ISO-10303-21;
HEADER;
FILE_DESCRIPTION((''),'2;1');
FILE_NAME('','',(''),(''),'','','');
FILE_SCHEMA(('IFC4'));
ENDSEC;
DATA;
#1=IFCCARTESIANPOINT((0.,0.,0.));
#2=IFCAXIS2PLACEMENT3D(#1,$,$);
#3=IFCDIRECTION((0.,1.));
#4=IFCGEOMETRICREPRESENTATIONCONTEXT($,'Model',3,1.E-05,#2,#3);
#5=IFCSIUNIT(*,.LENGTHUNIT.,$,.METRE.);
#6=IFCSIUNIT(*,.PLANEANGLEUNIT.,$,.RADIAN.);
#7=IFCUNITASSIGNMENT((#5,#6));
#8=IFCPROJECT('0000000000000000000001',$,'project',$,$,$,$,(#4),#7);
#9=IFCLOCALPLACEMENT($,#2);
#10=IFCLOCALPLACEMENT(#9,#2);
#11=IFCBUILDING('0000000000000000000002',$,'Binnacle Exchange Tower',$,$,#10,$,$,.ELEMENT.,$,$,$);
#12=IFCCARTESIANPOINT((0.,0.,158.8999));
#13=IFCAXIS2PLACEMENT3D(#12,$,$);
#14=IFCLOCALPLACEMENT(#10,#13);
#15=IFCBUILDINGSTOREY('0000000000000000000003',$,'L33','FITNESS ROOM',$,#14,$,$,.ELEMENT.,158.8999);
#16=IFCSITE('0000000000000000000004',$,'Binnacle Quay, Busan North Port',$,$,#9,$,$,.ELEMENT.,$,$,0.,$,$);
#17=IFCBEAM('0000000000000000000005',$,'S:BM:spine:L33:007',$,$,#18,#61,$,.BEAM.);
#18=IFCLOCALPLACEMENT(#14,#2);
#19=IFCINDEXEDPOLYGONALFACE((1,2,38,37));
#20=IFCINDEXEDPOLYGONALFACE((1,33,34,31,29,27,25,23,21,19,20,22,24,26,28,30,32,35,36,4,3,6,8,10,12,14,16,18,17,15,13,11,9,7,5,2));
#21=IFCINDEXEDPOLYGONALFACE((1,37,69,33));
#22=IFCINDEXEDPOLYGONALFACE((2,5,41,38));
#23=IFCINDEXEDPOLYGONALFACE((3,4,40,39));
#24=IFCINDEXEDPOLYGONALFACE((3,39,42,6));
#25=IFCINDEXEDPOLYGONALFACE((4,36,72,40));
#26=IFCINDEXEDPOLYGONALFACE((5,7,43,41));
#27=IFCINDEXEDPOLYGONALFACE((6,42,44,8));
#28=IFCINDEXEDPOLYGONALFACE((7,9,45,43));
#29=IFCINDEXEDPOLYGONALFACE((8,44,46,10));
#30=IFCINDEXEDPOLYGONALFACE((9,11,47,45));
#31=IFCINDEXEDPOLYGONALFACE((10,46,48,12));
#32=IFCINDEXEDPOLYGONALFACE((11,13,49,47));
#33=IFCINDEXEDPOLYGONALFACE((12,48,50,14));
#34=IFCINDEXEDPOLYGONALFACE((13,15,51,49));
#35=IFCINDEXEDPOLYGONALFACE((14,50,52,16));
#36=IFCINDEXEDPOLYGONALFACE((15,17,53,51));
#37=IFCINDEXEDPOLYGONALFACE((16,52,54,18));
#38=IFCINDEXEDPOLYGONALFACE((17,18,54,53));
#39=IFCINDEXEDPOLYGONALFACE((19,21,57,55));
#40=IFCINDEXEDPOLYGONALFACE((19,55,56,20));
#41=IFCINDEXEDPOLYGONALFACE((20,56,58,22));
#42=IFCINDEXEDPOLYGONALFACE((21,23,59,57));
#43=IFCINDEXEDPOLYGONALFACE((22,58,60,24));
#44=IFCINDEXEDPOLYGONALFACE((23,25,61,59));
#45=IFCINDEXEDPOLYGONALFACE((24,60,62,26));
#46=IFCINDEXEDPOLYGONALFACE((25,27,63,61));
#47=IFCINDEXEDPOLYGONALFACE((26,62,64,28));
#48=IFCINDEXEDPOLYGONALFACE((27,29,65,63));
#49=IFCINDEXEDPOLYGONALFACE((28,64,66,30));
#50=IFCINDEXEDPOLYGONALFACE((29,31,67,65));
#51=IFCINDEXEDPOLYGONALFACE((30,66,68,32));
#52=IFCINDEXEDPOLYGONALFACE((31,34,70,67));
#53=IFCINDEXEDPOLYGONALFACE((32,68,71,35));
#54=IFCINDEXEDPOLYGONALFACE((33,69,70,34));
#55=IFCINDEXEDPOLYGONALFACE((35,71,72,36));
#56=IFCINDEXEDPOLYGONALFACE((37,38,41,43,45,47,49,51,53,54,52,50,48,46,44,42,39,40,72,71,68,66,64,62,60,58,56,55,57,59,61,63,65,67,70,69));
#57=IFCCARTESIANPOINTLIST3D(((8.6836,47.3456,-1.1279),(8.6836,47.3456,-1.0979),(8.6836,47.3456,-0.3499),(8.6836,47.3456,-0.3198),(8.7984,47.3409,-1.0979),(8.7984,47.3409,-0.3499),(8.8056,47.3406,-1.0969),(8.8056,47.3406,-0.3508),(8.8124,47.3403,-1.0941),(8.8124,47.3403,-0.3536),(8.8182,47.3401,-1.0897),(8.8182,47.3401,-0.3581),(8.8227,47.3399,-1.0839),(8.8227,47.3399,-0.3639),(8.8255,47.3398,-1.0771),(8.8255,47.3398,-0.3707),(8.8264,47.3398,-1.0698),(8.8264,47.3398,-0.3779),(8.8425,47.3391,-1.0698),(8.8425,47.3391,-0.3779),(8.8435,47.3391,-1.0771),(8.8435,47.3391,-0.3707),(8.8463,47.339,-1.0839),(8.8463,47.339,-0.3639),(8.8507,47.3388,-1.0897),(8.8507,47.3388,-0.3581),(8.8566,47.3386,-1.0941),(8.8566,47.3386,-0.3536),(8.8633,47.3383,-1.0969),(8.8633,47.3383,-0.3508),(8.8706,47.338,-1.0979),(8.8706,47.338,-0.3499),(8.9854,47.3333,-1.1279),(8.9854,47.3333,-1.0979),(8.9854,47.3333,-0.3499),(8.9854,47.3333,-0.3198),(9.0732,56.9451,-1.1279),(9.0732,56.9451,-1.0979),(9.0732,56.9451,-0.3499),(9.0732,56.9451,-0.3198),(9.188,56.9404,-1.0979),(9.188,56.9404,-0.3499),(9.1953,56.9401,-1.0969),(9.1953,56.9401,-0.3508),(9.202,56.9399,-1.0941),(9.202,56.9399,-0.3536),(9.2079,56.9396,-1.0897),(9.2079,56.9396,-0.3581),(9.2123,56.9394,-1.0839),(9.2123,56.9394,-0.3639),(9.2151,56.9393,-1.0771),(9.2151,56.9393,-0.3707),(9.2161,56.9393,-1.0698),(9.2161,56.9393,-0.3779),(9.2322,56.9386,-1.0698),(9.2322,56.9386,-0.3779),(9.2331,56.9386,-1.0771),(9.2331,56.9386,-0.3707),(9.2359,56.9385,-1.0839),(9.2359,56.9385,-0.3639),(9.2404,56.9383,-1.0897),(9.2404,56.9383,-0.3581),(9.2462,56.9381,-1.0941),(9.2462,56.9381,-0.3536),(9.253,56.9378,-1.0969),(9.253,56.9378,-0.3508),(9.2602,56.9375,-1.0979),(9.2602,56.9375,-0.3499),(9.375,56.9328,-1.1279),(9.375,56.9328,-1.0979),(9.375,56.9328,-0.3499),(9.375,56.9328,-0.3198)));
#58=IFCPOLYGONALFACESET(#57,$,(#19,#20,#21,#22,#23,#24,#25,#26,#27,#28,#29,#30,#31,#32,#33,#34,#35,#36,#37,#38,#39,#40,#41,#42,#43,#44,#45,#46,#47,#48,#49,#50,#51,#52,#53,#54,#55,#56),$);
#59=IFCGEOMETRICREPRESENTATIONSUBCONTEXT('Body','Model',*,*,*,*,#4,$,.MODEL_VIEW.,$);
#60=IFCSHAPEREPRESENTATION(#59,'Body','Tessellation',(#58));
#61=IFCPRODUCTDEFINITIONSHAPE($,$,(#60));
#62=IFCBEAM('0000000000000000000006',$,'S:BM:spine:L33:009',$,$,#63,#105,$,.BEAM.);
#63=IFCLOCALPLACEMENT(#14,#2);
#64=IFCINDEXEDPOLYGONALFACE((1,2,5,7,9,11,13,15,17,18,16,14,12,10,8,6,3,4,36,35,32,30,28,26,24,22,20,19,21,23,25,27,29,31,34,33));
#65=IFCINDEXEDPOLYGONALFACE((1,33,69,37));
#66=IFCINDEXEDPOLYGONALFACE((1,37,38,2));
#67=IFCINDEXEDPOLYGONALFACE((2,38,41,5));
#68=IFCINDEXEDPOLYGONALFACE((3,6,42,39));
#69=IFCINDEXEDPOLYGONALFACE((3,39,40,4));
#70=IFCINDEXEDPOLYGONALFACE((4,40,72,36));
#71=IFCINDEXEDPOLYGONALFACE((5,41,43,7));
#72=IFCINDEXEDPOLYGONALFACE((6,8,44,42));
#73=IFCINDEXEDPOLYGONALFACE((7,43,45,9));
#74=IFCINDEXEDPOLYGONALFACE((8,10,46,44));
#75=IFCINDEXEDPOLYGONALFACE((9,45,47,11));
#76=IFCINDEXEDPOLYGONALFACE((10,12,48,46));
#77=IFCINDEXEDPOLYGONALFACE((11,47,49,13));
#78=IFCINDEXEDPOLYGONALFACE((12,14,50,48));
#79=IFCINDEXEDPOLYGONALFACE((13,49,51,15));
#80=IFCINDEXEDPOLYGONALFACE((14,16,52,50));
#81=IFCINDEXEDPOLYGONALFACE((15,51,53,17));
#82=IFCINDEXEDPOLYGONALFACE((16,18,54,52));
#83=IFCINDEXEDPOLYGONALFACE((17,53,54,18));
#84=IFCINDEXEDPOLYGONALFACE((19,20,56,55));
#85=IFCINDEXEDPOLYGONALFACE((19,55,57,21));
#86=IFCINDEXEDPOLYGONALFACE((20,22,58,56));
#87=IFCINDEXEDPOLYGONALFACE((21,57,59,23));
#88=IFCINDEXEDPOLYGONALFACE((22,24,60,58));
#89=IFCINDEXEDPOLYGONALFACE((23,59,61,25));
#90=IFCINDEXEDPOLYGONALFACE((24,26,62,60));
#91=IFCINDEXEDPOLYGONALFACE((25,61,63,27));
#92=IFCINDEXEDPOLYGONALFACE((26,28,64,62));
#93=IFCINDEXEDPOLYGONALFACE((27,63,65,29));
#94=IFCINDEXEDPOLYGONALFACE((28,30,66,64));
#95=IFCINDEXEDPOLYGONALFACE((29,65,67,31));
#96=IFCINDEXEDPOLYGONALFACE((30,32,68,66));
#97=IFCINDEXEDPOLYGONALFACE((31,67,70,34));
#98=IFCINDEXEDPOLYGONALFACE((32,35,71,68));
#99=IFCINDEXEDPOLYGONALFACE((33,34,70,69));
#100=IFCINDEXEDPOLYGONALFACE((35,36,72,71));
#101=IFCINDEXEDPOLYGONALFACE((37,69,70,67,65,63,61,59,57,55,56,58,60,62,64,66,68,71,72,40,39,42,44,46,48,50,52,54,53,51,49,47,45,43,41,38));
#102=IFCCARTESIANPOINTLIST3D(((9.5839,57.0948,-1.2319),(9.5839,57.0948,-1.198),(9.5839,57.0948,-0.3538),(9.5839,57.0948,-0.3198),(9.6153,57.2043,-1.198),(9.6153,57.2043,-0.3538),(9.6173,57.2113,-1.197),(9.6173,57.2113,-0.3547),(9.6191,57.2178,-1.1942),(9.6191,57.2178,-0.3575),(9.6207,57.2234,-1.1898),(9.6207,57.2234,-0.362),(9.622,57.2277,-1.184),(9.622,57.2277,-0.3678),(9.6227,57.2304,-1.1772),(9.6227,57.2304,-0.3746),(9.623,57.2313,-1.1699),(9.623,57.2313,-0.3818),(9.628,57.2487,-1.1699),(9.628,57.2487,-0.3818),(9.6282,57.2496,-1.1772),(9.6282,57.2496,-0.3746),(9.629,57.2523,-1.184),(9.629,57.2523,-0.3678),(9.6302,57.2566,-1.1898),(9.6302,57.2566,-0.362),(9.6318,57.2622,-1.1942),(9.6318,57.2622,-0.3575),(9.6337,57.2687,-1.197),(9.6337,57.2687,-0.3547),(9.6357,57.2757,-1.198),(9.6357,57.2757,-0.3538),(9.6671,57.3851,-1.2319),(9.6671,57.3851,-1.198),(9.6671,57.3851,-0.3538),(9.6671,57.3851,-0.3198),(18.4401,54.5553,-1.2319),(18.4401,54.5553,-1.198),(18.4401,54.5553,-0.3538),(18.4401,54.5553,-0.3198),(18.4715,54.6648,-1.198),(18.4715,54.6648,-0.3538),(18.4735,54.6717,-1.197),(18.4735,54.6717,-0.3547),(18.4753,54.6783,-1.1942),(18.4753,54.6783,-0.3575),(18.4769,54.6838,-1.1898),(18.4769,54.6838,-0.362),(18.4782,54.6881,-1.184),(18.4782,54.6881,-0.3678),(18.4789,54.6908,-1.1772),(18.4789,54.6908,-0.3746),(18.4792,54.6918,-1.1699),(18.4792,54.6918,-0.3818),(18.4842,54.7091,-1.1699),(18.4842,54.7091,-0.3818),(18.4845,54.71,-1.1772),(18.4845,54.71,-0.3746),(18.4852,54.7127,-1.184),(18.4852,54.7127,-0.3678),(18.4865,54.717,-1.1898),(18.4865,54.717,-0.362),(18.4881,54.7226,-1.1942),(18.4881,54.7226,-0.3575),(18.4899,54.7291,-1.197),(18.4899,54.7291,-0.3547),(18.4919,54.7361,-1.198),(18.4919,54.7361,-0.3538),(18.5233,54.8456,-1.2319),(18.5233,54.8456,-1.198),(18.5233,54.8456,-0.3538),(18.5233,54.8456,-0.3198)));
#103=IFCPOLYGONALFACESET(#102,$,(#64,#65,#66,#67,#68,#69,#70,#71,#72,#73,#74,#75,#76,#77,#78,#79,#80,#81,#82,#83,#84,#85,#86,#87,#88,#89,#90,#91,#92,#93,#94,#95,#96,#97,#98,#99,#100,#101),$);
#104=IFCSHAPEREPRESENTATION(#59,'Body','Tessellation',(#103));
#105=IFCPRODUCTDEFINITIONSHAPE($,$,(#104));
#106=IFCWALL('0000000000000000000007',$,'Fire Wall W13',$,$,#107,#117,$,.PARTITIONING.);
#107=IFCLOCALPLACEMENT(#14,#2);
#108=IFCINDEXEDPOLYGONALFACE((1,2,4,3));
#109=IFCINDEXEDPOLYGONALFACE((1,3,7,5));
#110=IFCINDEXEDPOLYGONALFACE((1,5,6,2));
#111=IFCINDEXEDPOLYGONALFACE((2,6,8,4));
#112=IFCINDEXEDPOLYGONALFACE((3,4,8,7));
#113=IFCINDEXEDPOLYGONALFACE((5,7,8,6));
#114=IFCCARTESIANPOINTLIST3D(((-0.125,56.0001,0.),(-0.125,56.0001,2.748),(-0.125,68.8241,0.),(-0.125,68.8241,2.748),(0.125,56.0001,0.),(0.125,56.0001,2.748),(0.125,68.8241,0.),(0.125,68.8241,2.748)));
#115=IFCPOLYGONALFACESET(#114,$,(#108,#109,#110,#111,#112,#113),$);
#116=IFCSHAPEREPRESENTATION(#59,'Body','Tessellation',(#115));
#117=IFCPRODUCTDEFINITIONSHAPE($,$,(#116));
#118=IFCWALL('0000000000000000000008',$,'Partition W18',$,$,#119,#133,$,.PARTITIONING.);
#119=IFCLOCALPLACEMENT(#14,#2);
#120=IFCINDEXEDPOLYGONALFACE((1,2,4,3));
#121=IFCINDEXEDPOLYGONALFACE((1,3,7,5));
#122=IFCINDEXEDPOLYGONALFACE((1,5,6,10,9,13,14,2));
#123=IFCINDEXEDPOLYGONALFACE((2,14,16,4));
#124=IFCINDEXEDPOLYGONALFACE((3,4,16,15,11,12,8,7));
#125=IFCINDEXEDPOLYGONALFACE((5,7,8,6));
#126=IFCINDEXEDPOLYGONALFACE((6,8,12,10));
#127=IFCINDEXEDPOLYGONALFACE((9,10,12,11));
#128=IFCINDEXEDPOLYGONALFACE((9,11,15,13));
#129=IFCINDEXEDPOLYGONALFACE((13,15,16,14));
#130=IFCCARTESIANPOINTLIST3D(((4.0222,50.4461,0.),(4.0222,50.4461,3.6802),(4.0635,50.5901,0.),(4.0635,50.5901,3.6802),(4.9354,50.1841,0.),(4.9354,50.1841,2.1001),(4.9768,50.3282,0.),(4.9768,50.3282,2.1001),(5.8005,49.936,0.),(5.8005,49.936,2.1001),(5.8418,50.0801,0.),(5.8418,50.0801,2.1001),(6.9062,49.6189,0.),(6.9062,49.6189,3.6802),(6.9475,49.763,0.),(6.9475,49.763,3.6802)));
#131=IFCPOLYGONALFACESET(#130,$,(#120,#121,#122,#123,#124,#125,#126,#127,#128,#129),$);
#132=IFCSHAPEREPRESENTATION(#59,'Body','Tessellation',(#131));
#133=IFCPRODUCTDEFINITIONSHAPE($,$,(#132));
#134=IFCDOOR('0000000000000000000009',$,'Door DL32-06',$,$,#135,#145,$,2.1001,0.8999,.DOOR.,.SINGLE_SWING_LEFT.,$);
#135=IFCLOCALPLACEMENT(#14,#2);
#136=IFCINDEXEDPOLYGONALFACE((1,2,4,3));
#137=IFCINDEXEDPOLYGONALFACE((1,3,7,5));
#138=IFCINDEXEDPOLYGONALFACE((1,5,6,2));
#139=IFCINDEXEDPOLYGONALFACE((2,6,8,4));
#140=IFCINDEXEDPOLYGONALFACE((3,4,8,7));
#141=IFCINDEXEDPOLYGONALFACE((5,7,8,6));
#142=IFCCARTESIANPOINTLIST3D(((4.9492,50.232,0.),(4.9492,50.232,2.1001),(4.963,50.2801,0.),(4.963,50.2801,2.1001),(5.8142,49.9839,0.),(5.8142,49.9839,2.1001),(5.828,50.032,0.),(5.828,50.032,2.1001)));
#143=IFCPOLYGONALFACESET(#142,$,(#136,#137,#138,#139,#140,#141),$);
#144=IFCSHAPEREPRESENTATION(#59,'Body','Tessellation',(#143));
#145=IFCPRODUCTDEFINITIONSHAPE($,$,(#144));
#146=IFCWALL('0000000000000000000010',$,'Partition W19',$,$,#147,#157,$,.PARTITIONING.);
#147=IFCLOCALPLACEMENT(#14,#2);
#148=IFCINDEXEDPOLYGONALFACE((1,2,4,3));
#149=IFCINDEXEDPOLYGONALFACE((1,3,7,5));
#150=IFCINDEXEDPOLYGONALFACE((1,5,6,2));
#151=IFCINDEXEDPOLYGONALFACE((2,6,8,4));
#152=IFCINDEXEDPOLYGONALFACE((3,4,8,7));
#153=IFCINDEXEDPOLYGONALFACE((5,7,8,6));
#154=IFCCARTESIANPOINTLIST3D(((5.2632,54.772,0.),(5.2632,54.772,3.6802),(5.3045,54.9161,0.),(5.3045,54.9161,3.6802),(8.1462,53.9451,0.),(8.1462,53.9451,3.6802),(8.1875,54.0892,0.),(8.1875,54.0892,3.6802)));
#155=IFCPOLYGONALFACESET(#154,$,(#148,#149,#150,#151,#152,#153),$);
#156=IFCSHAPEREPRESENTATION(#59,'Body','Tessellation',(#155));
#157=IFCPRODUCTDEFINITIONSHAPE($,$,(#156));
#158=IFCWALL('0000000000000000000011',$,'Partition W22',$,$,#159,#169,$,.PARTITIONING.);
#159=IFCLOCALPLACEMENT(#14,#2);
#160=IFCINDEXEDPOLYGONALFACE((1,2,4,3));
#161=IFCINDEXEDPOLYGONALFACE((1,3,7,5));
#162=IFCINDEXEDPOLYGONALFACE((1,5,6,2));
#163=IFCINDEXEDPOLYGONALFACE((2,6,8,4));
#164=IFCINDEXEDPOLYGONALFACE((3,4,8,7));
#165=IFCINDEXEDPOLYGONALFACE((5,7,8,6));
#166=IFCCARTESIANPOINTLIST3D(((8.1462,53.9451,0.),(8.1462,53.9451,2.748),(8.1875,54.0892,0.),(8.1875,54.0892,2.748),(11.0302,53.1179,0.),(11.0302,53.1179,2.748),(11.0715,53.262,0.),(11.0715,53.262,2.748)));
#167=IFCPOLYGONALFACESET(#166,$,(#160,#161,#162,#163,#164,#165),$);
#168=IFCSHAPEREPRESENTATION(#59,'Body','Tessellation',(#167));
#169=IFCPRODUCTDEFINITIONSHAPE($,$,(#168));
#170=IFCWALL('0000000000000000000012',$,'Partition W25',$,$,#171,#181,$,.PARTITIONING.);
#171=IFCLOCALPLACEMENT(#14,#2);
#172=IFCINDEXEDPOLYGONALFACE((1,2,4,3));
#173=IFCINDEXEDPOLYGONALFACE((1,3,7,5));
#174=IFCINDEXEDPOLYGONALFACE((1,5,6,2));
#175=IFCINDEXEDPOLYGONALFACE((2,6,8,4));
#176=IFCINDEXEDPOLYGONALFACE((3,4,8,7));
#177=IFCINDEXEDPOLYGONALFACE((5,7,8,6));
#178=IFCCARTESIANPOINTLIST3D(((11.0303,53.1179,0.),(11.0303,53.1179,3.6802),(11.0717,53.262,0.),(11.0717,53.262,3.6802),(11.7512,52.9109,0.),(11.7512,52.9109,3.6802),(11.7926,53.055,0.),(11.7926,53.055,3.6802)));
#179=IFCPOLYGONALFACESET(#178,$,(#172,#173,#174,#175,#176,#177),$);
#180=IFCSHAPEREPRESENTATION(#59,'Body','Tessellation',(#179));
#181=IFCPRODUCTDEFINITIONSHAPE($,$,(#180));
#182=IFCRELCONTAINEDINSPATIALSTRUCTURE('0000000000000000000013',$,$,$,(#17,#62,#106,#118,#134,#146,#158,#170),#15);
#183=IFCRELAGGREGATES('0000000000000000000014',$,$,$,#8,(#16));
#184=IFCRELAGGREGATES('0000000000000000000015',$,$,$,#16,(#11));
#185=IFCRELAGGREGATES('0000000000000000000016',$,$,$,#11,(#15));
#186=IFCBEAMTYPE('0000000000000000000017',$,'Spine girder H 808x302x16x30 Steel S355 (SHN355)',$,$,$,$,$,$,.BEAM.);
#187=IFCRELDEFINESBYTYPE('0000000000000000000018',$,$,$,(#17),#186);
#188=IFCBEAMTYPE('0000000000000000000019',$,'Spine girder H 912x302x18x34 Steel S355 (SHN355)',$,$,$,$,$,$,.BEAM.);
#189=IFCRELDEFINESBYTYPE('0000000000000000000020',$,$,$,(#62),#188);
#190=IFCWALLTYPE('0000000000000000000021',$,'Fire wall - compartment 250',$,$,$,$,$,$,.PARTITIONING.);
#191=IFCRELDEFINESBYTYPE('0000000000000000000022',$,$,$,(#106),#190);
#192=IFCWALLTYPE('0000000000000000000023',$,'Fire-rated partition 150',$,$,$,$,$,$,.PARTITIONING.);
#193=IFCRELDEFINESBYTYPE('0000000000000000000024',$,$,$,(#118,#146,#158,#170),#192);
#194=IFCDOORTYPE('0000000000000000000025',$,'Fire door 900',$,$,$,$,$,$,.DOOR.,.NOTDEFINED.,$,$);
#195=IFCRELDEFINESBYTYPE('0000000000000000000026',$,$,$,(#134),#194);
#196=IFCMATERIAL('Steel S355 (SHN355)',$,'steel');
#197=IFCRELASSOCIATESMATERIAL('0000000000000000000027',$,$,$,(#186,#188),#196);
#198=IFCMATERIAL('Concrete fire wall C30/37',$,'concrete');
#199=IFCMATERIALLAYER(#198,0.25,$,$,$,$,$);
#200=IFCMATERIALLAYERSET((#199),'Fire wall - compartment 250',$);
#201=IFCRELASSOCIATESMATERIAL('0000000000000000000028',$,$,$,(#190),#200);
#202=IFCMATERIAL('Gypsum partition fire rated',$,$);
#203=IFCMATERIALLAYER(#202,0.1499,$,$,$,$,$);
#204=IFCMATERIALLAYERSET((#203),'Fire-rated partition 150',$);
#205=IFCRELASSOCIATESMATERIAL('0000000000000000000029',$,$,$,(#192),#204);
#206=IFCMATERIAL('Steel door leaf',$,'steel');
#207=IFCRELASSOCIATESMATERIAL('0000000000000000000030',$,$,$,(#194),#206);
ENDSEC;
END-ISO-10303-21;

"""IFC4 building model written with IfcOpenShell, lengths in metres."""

from ifc_helpers import new_model, si_unit, direction, frame, frame_2d, origin, origin_2d, place, context, subcontext, project, spatial, rectangle, i_section, extrude, material, layer, layer_set, material_profile, profile_set, type_object, element, fill, save


model = new_model("IFC4")

# Units and contexts
model_context = context("Model", 3, precision=1e-05, world=origin(), true_north=direction((0.0, 1.0)))
body_context = subcontext(model_context, "Body", "Model", "MODEL_VIEW")
ifc_project = project(units=[si_unit("LENGTHUNIT", "METRE"), si_unit("PLANEANGLEUNIT", "RADIAN")], contexts=[model_context])

# Site, building, storey
site_placement = place(None, origin())
site = spatial("IfcSite", under=ifc_project, at=site_placement, Name="Binnacle Quay, Busan North Port", CompositionType="ELEMENT", RefElevation=0.0)
building_placement = place(site_placement, origin())
building = spatial("IfcBuilding", under=site, at=building_placement, Name="Binnacle Exchange Tower", CompositionType="ELEMENT")
storey_placement = place(building_placement, frame((0.0, 0.0, 158.8999)))
storey = spatial("IfcBuildingStorey", under=building, at=storey_placement, Name="L33", Description="FITNESS ROOM", CompositionType="ELEMENT", Elevation=158.8999)

# Beams
ifc_material_1 = material(Name="Steel S355 (SHN355)", Category="steel")
ifc_material_profile_1 = material_profile(ifc_material_1, i_section(OverallWidth=0.302, OverallDepth=0.8081, WebThickness=0.0161, FlangeThickness=0.03, FilletRadius=0.0281, at=origin_2d()), Name="H 808x302x16x30")
ifc_profile_set_1 = profile_set([ifc_material_profile_1], Name="Steel S355 (SHN355)")
beam_type_1 = type_object("IfcBeamType", Name="Spine girder H 808x302x16x30 Steel S355 (SHN355)", PredefinedType="BEAM", material=ifc_profile_set_1)
beam_1_placement = place(storey_placement, frame((9.2241, 56.939, -0.7239), z_axis=(-0.040557, -0.999177, 0.0), x_axis=(0.999177, -0.040557, 0.0)))
element("IfcBeam", 1, at=beam_1_placement, inside=storey, type_object=beam_type_1, Name="S:BM:spine:L33:007", PredefinedType="BEAM", context=body_context, shape_type="SweptSolid", body=[
    extrude(i_section(OverallWidth=0.302, OverallDepth=0.8081, WebThickness=0.0161, FlangeThickness=0.03, FilletRadius=0.0281, at=origin_2d()), origin(), (0.0, 0.0, 1.0), 9.6074),
])
ifc_material_profile_2 = material_profile(ifc_material_1, i_section(OverallWidth=0.302, OverallDepth=0.9121, WebThickness=0.0181, FlangeThickness=0.0339, FilletRadius=0.0281, at=origin_2d()), Name="H 912x302x18x34")
ifc_profile_set_2 = profile_set([ifc_material_profile_2], Name="Steel S355 (SHN355)")
beam_type_2 = type_object("IfcBeamType", Name="Spine girder H 912x302x18x34 Steel S355 (SHN355)", PredefinedType="BEAM", material=ifc_profile_set_2)
beam_2_placement = place(storey_placement, frame((9.6255, 57.24, -0.7759), z_axis=(0.96126, -0.275645, 0.0), x_axis=(0.275645, 0.96126, 0.0)))
element("IfcBeam", 2, at=beam_2_placement, inside=storey, type_object=beam_type_2, Name="S:BM:spine:L33:009", PredefinedType="BEAM", context=body_context, shape_type="SweptSolid", body=[
    extrude(i_section(OverallWidth=0.302, OverallDepth=0.9121, WebThickness=0.0181, FlangeThickness=0.0339, FilletRadius=0.0281, at=origin_2d()), origin(), (0.0, 0.0, 1.0), 9.2131),
])

# Wall
ifc_material_2 = material(Name="Concrete fire wall C30/37", Category="concrete")
ifc_layer_1 = layer(ifc_material_2, 0.25)
ifc_layer_set_1 = layer_set([ifc_layer_1], Name="Fire wall - compartment 250")
wall_type_1 = type_object("IfcWallType", Name="Fire wall - compartment 250", PredefinedType="PARTITIONING", material=ifc_layer_set_1)
wall_1_placement = place(storey_placement, frame((0.0, 56.0, 0.0), z_axis=(0.0, 0.0, 1.0), x_axis=(0.0, 1.0, 0.0)))
element("IfcWall", 3, at=wall_1_placement, inside=storey, type_object=wall_type_1, Name="Fire Wall W13", PredefinedType="PARTITIONING", context=body_context, shape_type="SweptSolid", body=[
    extrude(rectangle(XDim=12.824, YDim=0.25, at=frame_2d((6.4121, 0.0))), origin(), (0.0, 0.0, 1.0), 2.748),
])

# Wall, opening, door
ifc_material_3 = material(Name="Gypsum partition fire rated")
ifc_layer_2 = layer(ifc_material_3, 0.1499)
ifc_layer_set_2 = layer_set([ifc_layer_2], Name="Fire-rated partition 150")
wall_type_2 = type_object("IfcWallType", Name="Fire-rated partition 150", PredefinedType="PARTITIONING", material=ifc_layer_set_2)
wall_2_placement = place(storey_placement, frame((4.043, 50.5181, 0.0), z_axis=(0.0, 0.0, 1.0), x_axis=(0.961247, -0.275688, 0.0)))
wall_2 = element("IfcWall", 4, at=wall_2_placement, inside=storey, type_object=wall_type_2, Name="Partition W18", PredefinedType="PARTITIONING", context=body_context, shape_type="SweptSolid", body=[
    extrude(rectangle(XDim=3.0002, YDim=0.1499, at=frame_2d((1.5, 0.0))), origin(), (0.0, 0.0, 1.0), 3.6802),
])
opening_1_placement = place(wall_2_placement, frame((0.95, 0.0, 0.0)))
opening_1 = element("IfcOpeningElement", 5, at=opening_1_placement, cuts=wall_2, PredefinedType="OPENING", context=body_context, shape_type="SweptSolid", body=[
    extrude(rectangle(XDim=0.8999, YDim=2.1001, at=frame_2d((0.45, 1.05))), frame((0.0, 0.085, 0.0), z_axis=(0.0, -1.0, 0.0), x_axis=(1.0, 0.0, 0.0)), (0.0, 0.0, 1.0), 0.1699),
])
ifc_material_4 = material(Name="Steel door leaf", Category="steel")
door_type_1 = type_object("IfcDoorType", Name="Fire door 900", OperationType="NOTDEFINED", PredefinedType="DOOR", material=ifc_material_4)
door_1_placement = place(opening_1_placement, origin())
door_1 = element("IfcDoor", 6, at=door_1_placement, inside=storey, type_object=door_type_1, Name="Door DL32-06", OperationType="SINGLE_SWING_LEFT", OverallHeight=2.1001, OverallWidth=0.8999, PredefinedType="DOOR", context=body_context, shape_type="SweptSolid", body=[
    extrude(rectangle(XDim=0.8999, YDim=2.1001, at=frame_2d((0.45, 1.05))), frame((0.0, 0.0249, 0.0), z_axis=(0.0, -1.0, 0.0), x_axis=(1.0, 0.0, 0.0)), (0.0, 0.0, 1.0), 0.05),
])
fill(opening_1, door_1)

# Walls
wall_3_placement = place(storey_placement, frame((5.2839, 54.844, 0.0), z_axis=(0.0, 0.0, 1.0), x_axis=(0.961244, -0.275699, 0.0)))
element("IfcWall", 7, at=wall_3_placement, inside=storey, type_object=wall_type_2, Name="Partition W19", PredefinedType="PARTITIONING", context=body_context, shape_type="SweptSolid", body=[
    extrude(rectangle(XDim=2.9993, YDim=0.1499, at=frame_2d((1.4995, 0.0))), origin(), (0.0, 0.0, 1.0), 3.6802),
])
wall_4_placement = place(storey_placement, frame((8.167, 54.0171, 0.0), z_axis=(0.0, 0.0, 1.0), x_axis=(0.961247, -0.275688, 0.0)))
element("IfcWall", 8, at=wall_4_placement, inside=storey, type_object=wall_type_2, Name="Partition W22", PredefinedType="PARTITIONING", context=body_context, shape_type="SweptSolid", body=[
    extrude(rectangle(XDim=3.0002, YDim=0.1499, at=frame_2d((1.5, 0.0))), origin(), (0.0, 0.0, 1.0), 2.748),
])
wall_5_placement = place(storey_placement, frame((11.051, 53.1899, 0.0), z_axis=(0.0, 0.0, 1.0), x_axis=(0.961155, -0.276011, 0.0)))
element("IfcWall", 9, at=wall_5_placement, inside=storey, type_object=wall_type_2, Name="Partition W25", PredefinedType="PARTITIONING", context=body_context, shape_type="SweptSolid", body=[
    extrude(rectangle(XDim=0.75, YDim=0.1499, at=frame_2d((0.375, 0.0))), origin(), (0.0, 0.0, 1.0), 3.6802),
])

save(model, "model.ifc")
